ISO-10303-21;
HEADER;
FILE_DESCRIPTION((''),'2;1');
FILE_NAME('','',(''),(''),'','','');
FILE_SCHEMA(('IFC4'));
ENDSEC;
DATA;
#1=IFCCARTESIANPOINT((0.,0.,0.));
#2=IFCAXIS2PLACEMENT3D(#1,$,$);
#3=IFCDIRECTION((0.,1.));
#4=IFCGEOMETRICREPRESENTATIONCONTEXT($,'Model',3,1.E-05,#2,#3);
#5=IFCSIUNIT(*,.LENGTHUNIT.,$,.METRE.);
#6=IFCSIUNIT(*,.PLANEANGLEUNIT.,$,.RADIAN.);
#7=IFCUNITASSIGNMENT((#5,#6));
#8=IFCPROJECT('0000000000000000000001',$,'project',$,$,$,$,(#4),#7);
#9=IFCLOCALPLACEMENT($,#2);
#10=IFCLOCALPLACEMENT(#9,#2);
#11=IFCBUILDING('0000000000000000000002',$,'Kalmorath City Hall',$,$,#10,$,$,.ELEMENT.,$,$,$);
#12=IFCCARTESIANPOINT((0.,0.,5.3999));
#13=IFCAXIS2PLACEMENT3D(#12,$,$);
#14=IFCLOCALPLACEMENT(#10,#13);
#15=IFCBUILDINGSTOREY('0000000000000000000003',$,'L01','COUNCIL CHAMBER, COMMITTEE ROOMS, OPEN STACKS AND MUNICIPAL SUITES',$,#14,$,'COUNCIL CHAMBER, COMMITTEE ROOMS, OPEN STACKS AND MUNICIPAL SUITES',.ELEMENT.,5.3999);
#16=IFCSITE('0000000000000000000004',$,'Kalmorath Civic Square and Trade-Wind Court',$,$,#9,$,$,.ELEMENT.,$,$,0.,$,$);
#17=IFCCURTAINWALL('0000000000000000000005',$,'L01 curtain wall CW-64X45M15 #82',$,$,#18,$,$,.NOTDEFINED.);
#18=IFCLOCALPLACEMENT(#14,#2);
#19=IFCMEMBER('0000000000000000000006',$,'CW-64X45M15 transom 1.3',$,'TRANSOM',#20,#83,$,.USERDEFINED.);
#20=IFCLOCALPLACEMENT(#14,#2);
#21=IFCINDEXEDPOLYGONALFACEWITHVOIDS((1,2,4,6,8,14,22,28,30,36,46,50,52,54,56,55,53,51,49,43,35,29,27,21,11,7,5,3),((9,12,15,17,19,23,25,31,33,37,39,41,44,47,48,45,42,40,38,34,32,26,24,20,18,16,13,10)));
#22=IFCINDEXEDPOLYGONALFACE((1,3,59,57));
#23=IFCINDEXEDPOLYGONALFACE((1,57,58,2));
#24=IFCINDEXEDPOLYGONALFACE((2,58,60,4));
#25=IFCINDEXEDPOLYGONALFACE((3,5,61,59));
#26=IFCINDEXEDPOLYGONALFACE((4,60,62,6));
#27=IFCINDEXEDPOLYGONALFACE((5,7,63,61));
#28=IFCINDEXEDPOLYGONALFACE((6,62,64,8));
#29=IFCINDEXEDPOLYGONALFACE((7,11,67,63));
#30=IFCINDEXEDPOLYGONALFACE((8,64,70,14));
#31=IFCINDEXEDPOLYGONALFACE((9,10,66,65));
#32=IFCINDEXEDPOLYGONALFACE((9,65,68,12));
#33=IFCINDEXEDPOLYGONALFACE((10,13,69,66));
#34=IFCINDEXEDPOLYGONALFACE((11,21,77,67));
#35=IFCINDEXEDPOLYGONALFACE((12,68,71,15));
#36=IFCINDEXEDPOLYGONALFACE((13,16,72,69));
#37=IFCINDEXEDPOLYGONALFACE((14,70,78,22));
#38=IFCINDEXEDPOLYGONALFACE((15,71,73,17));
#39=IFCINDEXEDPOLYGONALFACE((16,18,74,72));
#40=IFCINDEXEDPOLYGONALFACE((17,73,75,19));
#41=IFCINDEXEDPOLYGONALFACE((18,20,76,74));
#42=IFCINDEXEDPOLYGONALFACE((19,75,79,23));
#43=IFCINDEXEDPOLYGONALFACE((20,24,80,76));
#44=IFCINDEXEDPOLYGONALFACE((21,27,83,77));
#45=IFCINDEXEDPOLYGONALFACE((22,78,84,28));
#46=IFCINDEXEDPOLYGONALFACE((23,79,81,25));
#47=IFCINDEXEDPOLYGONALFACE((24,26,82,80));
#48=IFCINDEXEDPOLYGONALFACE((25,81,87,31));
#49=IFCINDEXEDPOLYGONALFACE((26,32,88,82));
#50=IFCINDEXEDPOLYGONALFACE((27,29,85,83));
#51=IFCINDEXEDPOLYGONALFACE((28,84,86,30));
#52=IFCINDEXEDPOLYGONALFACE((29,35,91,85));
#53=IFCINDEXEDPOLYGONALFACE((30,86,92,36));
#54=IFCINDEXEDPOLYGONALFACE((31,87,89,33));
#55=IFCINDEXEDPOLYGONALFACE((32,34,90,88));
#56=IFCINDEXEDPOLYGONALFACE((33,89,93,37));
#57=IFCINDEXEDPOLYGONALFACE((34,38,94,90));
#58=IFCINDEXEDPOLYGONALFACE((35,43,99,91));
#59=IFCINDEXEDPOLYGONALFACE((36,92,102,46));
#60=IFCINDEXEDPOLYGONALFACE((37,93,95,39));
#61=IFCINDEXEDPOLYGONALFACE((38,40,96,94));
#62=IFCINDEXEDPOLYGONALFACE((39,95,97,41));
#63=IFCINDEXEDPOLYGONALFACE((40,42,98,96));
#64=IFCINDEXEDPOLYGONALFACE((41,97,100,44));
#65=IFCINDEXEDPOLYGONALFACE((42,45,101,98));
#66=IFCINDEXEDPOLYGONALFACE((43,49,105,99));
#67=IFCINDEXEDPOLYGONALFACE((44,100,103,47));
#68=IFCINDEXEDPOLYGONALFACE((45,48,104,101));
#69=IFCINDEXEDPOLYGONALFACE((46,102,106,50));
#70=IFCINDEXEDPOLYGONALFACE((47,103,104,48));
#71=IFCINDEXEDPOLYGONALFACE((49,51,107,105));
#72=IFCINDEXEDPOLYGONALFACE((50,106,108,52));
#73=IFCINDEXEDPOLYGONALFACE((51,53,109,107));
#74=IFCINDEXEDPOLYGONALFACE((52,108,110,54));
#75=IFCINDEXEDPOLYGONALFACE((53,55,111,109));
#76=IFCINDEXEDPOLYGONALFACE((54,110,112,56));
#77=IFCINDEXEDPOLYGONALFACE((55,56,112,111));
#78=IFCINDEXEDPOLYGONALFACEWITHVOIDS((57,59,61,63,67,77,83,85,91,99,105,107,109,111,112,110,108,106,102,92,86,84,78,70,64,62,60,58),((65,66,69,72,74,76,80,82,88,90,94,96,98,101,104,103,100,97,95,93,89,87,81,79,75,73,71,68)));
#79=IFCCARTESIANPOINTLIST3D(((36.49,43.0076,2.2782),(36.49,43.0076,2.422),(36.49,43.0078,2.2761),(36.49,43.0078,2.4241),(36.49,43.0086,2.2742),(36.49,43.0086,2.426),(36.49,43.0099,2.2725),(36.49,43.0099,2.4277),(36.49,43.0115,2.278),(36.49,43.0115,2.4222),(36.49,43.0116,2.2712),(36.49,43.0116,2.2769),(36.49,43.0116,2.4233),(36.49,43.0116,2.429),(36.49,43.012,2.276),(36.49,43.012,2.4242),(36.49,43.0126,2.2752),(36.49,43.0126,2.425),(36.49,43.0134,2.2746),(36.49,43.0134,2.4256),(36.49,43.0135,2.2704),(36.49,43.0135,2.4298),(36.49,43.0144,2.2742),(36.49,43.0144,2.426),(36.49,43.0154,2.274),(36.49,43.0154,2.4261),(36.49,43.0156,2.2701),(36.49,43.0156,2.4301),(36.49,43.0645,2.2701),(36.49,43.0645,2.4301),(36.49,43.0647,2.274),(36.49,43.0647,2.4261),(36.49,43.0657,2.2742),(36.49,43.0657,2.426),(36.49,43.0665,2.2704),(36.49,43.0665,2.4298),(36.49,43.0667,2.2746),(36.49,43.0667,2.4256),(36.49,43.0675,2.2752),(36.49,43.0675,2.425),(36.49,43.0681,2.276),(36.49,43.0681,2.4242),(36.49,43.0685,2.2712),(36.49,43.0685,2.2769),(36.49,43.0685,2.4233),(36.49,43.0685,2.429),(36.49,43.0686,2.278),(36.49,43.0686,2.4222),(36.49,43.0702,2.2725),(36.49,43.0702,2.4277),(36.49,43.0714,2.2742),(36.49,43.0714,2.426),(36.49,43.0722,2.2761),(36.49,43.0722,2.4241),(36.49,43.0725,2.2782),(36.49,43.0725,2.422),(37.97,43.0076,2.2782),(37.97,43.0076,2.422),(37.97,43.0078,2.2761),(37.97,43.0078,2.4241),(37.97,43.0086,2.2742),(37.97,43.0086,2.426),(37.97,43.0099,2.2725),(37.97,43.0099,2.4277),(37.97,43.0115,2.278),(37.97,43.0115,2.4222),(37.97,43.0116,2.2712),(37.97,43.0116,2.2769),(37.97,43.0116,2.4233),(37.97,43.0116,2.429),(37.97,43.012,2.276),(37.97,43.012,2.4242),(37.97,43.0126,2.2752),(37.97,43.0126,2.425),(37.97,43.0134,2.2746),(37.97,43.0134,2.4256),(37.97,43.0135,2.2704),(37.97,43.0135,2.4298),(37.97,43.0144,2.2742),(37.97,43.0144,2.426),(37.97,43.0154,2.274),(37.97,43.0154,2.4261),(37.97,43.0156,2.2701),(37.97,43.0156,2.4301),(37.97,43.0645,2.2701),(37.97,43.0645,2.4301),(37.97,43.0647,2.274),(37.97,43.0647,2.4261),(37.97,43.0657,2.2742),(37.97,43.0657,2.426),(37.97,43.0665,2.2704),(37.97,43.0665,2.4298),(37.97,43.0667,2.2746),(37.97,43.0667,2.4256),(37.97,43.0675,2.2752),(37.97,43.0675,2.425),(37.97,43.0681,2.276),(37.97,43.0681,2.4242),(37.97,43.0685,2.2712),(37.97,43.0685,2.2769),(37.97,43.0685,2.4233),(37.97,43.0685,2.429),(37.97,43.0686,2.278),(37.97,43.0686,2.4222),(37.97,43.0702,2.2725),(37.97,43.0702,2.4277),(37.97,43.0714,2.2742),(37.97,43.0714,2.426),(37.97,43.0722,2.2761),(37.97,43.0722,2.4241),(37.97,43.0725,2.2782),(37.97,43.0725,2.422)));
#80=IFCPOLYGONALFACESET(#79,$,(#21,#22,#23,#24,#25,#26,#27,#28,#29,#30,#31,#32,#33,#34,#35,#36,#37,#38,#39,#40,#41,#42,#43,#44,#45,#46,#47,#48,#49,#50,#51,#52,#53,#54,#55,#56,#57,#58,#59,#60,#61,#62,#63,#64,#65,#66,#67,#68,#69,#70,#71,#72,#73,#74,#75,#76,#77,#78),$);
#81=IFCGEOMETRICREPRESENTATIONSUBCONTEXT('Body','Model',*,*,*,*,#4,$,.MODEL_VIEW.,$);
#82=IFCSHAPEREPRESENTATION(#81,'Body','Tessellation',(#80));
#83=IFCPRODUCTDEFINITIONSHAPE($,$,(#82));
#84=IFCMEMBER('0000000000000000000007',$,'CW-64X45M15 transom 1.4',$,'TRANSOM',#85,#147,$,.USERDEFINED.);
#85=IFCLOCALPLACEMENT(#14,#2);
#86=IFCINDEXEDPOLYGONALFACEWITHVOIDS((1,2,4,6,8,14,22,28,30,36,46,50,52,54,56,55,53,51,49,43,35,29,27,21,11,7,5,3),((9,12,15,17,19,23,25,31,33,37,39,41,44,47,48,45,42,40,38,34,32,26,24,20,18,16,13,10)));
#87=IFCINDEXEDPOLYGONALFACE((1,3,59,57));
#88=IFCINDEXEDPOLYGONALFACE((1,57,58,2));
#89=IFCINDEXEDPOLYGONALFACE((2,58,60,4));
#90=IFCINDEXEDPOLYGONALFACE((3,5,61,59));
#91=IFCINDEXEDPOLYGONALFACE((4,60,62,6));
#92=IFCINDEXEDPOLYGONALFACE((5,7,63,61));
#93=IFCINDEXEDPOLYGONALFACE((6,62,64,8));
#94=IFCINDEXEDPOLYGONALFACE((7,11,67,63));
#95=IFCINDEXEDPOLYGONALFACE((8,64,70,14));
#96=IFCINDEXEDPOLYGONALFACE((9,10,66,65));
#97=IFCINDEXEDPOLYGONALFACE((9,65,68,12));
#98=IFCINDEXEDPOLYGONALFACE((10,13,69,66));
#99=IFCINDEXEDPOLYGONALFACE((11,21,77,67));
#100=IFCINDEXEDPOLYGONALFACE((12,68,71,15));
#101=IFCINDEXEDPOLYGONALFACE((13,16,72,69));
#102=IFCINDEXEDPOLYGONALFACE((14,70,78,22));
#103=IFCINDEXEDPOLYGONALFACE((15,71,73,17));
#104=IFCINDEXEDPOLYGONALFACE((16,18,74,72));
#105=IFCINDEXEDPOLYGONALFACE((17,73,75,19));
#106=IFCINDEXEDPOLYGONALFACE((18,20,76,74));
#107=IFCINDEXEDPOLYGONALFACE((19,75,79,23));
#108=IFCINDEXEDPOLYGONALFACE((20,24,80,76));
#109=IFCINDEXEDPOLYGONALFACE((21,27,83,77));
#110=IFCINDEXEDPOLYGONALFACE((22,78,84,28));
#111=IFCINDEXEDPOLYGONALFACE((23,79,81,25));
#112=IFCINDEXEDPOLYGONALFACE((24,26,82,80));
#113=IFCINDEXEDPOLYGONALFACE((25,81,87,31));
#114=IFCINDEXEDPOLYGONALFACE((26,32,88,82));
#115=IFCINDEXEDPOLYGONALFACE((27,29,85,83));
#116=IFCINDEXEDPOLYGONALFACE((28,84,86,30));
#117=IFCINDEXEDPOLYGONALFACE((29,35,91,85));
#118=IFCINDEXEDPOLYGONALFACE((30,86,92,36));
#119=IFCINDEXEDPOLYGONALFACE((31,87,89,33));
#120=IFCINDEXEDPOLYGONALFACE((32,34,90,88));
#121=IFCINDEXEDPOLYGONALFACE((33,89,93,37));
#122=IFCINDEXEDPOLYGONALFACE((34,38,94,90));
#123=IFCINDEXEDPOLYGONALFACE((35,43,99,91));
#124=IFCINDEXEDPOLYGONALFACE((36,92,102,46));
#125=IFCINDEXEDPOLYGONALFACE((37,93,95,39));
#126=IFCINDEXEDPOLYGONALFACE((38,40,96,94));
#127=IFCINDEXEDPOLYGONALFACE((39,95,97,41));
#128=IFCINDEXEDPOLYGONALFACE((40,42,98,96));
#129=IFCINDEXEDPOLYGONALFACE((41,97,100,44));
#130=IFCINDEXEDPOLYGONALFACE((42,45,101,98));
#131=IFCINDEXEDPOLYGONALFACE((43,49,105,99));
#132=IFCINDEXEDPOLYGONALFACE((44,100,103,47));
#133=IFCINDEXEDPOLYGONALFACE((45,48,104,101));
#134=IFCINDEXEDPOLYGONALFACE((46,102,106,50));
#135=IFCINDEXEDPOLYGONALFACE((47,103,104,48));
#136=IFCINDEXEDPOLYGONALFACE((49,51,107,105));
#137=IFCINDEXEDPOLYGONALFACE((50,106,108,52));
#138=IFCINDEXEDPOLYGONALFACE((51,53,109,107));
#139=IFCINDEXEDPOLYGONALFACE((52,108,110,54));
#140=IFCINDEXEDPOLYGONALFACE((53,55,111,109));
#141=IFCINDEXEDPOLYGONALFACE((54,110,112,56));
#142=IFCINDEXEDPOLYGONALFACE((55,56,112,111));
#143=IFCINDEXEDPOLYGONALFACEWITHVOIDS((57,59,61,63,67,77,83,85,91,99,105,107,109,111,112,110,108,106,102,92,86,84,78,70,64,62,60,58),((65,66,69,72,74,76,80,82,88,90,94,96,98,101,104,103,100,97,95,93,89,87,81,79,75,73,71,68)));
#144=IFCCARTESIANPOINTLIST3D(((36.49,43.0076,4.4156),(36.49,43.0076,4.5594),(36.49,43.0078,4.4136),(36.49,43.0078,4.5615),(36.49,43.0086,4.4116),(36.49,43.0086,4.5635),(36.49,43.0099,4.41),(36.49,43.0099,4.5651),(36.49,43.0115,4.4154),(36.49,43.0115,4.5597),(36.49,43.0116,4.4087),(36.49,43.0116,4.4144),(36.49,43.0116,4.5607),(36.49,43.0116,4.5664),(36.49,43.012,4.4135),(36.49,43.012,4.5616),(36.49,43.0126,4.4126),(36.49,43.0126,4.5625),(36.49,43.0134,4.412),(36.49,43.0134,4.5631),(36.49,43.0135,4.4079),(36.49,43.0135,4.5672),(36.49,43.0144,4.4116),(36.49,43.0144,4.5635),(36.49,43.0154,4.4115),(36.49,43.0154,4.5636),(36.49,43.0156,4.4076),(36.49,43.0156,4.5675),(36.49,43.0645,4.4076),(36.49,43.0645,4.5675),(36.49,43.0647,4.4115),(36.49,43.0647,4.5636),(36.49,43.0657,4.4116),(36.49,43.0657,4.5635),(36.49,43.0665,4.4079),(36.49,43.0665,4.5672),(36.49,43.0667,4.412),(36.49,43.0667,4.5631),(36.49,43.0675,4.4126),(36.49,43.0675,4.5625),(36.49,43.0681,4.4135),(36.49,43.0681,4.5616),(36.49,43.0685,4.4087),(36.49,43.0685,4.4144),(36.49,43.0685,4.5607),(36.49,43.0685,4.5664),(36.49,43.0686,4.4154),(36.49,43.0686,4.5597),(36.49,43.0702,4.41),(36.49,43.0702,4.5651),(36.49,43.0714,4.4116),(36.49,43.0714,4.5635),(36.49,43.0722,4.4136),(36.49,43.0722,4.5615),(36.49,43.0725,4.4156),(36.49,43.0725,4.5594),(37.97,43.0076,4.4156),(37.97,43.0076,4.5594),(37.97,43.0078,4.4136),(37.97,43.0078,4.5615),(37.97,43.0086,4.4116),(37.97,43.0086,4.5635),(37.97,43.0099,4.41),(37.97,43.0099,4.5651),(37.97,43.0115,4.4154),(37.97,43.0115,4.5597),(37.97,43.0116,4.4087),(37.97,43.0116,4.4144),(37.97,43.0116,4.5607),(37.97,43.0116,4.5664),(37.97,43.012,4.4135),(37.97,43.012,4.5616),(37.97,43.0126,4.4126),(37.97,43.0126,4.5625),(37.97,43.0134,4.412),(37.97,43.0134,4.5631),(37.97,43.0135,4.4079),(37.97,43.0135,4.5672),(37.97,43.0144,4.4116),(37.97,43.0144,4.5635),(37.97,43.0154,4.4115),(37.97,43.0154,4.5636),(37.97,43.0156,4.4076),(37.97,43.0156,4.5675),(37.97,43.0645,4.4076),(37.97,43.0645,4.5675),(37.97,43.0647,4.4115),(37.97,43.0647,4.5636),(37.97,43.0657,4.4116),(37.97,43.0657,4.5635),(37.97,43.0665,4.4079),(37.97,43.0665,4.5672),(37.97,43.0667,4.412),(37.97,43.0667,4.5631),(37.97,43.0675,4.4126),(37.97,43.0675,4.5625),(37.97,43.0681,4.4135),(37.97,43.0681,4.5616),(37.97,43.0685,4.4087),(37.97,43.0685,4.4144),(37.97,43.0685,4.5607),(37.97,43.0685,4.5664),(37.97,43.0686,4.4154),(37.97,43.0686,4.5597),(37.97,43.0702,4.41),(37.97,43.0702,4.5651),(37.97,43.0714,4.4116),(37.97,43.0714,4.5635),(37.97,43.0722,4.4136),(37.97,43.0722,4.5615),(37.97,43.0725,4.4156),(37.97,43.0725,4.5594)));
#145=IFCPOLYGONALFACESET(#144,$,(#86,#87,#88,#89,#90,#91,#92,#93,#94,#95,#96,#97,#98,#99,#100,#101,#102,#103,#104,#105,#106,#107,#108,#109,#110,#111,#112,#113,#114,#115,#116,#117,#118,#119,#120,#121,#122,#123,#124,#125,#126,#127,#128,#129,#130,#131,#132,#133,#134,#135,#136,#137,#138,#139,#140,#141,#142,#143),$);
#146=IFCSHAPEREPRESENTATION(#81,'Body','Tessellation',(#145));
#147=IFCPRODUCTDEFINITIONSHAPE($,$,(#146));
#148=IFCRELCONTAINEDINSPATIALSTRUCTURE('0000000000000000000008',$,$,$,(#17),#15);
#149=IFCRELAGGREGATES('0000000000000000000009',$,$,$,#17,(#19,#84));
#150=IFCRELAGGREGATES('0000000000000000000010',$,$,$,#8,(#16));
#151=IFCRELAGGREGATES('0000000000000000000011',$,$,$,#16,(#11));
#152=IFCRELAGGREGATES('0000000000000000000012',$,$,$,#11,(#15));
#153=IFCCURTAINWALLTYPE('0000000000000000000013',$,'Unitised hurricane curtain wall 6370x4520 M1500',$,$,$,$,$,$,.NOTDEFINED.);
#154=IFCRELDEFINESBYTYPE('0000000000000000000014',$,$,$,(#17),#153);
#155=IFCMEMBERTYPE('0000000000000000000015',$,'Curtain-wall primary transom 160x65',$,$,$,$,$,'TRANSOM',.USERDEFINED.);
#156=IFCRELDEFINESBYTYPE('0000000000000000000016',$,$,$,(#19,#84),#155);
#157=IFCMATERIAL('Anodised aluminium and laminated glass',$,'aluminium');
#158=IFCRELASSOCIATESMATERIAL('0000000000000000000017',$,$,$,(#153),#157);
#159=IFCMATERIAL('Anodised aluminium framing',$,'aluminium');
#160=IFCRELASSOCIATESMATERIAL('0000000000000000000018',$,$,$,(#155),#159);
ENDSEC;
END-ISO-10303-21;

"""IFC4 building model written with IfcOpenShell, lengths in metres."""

from ifc_helpers import new_model, si_unit, direction, frame, origin, origin_2d, place, context, subcontext, project, spatial, hollow_rectangle, extrude, material, material_profile, profile_set, type_object, element, aggregate, save


model = new_model("IFC4")

# Units and contexts
model_context = context("Model", 3, precision=1e-05, world=origin(), true_north=direction((0.0, 1.0)))
body_context = subcontext(model_context, "Body", "Model", "MODEL_VIEW")
ifc_project = project(units=[si_unit("LENGTHUNIT", "METRE"), si_unit("PLANEANGLEUNIT", "RADIAN")], contexts=[model_context])

# Site, building, storey
site_placement = place(None, origin())
site = spatial("IfcSite", under=ifc_project, at=site_placement, Name="Kalmorath Civic Square and Trade-Wind Court", CompositionType="ELEMENT", RefElevation=0.0)
building_placement = place(site_placement, origin())
building = spatial("IfcBuilding", under=site, at=building_placement, Name="Kalmorath City Hall", CompositionType="ELEMENT")
storey_placement = place(building_placement, frame((0.0, 0.0, 5.3999)))
storey = spatial("IfcBuildingStorey", under=building, at=storey_placement, Name="L01", Description="COUNCIL CHAMBER, COMMITTEE ROOMS, OPEN STACKS AND MUNICIPAL SUITES", LongName="COUNCIL CHAMBER, COMMITTEE ROOMS, OPEN STACKS AND MUNICIPAL SUITES", CompositionType="ELEMENT", Elevation=5.3999)

# Curtain wall, members
ifc_material_1 = material(Name="Anodised aluminium and laminated glass", Category="aluminium")
curtain_wall_type = type_object("IfcCurtainWallType", Name="Unitised hurricane curtain wall 6370x4520 M1500", PredefinedType="NOTDEFINED", material=ifc_material_1)
curtain_wall_placement = place(storey_placement, origin())
curtain_wall = element("IfcCurtainWall", 1, at=curtain_wall_placement, inside=storey, type_object=curtain_wall_type, Name="L01 curtain wall CW-64X45M15 #82", PredefinedType="NOTDEFINED")
ifc_material_2 = material(Name="Anodised aluminium framing", Category="aluminium")
ifc_material_profile_1 = material_profile(ifc_material_2, hollow_rectangle(XDim=0.0649, YDim=0.1599, WallThickness=0.0039, InnerFilletRadius=0.0039, OuterFilletRadius=0.0081, at=origin_2d()), Name="ALU-TRN-160X65X4")
ifc_profile_set_1 = profile_set([ifc_material_profile_1], Name="Anodised aluminium framing")
member_type_1 = type_object("IfcMemberType", Name="Curtain-wall primary transom 160x65", ElementType="TRANSOM", PredefinedType="USERDEFINED", material=ifc_profile_set_1)
member_1_placement = place(storey_placement, frame((36.49, 43.04, 2.3501), z_axis=(1.0, 0.0, 0.0), x_axis=(0.0, 1.0, 0.0)))
member_1 = element("IfcMember", 2, at=member_1_placement, type_object=member_type_1, Name="CW-64X45M15 transom 1.3", ObjectType="TRANSOM", PredefinedType="USERDEFINED", context=body_context, shape_type="SweptSolid", body=[
    extrude(hollow_rectangle(XDim=0.0649, YDim=0.1599, WallThickness=0.0039, InnerFilletRadius=0.0039, OuterFilletRadius=0.0081, at=origin_2d()), origin(), (0.0, 0.0, 1.0), 1.48),
])
member_2_placement = place(storey_placement, frame((36.49, 43.04, 4.4875), z_axis=(1.0, 0.0, 0.0), x_axis=(0.0, 1.0, 0.0)))
member_2 = element("IfcMember", 3, at=member_2_placement, type_object=member_type_1, Name="CW-64X45M15 transom 1.4", ObjectType="TRANSOM", PredefinedType="USERDEFINED", context=body_context, shape_type="SweptSolid", body=[
    extrude(hollow_rectangle(XDim=0.0649, YDim=0.1599, WallThickness=0.0039, InnerFilletRadius=0.0039, OuterFilletRadius=0.0081, at=origin_2d()), origin(), (0.0, 0.0, 1.0), 1.48),
])
aggregate(curtain_wall, [member_1, member_2])

save(model, "model.ifc")
